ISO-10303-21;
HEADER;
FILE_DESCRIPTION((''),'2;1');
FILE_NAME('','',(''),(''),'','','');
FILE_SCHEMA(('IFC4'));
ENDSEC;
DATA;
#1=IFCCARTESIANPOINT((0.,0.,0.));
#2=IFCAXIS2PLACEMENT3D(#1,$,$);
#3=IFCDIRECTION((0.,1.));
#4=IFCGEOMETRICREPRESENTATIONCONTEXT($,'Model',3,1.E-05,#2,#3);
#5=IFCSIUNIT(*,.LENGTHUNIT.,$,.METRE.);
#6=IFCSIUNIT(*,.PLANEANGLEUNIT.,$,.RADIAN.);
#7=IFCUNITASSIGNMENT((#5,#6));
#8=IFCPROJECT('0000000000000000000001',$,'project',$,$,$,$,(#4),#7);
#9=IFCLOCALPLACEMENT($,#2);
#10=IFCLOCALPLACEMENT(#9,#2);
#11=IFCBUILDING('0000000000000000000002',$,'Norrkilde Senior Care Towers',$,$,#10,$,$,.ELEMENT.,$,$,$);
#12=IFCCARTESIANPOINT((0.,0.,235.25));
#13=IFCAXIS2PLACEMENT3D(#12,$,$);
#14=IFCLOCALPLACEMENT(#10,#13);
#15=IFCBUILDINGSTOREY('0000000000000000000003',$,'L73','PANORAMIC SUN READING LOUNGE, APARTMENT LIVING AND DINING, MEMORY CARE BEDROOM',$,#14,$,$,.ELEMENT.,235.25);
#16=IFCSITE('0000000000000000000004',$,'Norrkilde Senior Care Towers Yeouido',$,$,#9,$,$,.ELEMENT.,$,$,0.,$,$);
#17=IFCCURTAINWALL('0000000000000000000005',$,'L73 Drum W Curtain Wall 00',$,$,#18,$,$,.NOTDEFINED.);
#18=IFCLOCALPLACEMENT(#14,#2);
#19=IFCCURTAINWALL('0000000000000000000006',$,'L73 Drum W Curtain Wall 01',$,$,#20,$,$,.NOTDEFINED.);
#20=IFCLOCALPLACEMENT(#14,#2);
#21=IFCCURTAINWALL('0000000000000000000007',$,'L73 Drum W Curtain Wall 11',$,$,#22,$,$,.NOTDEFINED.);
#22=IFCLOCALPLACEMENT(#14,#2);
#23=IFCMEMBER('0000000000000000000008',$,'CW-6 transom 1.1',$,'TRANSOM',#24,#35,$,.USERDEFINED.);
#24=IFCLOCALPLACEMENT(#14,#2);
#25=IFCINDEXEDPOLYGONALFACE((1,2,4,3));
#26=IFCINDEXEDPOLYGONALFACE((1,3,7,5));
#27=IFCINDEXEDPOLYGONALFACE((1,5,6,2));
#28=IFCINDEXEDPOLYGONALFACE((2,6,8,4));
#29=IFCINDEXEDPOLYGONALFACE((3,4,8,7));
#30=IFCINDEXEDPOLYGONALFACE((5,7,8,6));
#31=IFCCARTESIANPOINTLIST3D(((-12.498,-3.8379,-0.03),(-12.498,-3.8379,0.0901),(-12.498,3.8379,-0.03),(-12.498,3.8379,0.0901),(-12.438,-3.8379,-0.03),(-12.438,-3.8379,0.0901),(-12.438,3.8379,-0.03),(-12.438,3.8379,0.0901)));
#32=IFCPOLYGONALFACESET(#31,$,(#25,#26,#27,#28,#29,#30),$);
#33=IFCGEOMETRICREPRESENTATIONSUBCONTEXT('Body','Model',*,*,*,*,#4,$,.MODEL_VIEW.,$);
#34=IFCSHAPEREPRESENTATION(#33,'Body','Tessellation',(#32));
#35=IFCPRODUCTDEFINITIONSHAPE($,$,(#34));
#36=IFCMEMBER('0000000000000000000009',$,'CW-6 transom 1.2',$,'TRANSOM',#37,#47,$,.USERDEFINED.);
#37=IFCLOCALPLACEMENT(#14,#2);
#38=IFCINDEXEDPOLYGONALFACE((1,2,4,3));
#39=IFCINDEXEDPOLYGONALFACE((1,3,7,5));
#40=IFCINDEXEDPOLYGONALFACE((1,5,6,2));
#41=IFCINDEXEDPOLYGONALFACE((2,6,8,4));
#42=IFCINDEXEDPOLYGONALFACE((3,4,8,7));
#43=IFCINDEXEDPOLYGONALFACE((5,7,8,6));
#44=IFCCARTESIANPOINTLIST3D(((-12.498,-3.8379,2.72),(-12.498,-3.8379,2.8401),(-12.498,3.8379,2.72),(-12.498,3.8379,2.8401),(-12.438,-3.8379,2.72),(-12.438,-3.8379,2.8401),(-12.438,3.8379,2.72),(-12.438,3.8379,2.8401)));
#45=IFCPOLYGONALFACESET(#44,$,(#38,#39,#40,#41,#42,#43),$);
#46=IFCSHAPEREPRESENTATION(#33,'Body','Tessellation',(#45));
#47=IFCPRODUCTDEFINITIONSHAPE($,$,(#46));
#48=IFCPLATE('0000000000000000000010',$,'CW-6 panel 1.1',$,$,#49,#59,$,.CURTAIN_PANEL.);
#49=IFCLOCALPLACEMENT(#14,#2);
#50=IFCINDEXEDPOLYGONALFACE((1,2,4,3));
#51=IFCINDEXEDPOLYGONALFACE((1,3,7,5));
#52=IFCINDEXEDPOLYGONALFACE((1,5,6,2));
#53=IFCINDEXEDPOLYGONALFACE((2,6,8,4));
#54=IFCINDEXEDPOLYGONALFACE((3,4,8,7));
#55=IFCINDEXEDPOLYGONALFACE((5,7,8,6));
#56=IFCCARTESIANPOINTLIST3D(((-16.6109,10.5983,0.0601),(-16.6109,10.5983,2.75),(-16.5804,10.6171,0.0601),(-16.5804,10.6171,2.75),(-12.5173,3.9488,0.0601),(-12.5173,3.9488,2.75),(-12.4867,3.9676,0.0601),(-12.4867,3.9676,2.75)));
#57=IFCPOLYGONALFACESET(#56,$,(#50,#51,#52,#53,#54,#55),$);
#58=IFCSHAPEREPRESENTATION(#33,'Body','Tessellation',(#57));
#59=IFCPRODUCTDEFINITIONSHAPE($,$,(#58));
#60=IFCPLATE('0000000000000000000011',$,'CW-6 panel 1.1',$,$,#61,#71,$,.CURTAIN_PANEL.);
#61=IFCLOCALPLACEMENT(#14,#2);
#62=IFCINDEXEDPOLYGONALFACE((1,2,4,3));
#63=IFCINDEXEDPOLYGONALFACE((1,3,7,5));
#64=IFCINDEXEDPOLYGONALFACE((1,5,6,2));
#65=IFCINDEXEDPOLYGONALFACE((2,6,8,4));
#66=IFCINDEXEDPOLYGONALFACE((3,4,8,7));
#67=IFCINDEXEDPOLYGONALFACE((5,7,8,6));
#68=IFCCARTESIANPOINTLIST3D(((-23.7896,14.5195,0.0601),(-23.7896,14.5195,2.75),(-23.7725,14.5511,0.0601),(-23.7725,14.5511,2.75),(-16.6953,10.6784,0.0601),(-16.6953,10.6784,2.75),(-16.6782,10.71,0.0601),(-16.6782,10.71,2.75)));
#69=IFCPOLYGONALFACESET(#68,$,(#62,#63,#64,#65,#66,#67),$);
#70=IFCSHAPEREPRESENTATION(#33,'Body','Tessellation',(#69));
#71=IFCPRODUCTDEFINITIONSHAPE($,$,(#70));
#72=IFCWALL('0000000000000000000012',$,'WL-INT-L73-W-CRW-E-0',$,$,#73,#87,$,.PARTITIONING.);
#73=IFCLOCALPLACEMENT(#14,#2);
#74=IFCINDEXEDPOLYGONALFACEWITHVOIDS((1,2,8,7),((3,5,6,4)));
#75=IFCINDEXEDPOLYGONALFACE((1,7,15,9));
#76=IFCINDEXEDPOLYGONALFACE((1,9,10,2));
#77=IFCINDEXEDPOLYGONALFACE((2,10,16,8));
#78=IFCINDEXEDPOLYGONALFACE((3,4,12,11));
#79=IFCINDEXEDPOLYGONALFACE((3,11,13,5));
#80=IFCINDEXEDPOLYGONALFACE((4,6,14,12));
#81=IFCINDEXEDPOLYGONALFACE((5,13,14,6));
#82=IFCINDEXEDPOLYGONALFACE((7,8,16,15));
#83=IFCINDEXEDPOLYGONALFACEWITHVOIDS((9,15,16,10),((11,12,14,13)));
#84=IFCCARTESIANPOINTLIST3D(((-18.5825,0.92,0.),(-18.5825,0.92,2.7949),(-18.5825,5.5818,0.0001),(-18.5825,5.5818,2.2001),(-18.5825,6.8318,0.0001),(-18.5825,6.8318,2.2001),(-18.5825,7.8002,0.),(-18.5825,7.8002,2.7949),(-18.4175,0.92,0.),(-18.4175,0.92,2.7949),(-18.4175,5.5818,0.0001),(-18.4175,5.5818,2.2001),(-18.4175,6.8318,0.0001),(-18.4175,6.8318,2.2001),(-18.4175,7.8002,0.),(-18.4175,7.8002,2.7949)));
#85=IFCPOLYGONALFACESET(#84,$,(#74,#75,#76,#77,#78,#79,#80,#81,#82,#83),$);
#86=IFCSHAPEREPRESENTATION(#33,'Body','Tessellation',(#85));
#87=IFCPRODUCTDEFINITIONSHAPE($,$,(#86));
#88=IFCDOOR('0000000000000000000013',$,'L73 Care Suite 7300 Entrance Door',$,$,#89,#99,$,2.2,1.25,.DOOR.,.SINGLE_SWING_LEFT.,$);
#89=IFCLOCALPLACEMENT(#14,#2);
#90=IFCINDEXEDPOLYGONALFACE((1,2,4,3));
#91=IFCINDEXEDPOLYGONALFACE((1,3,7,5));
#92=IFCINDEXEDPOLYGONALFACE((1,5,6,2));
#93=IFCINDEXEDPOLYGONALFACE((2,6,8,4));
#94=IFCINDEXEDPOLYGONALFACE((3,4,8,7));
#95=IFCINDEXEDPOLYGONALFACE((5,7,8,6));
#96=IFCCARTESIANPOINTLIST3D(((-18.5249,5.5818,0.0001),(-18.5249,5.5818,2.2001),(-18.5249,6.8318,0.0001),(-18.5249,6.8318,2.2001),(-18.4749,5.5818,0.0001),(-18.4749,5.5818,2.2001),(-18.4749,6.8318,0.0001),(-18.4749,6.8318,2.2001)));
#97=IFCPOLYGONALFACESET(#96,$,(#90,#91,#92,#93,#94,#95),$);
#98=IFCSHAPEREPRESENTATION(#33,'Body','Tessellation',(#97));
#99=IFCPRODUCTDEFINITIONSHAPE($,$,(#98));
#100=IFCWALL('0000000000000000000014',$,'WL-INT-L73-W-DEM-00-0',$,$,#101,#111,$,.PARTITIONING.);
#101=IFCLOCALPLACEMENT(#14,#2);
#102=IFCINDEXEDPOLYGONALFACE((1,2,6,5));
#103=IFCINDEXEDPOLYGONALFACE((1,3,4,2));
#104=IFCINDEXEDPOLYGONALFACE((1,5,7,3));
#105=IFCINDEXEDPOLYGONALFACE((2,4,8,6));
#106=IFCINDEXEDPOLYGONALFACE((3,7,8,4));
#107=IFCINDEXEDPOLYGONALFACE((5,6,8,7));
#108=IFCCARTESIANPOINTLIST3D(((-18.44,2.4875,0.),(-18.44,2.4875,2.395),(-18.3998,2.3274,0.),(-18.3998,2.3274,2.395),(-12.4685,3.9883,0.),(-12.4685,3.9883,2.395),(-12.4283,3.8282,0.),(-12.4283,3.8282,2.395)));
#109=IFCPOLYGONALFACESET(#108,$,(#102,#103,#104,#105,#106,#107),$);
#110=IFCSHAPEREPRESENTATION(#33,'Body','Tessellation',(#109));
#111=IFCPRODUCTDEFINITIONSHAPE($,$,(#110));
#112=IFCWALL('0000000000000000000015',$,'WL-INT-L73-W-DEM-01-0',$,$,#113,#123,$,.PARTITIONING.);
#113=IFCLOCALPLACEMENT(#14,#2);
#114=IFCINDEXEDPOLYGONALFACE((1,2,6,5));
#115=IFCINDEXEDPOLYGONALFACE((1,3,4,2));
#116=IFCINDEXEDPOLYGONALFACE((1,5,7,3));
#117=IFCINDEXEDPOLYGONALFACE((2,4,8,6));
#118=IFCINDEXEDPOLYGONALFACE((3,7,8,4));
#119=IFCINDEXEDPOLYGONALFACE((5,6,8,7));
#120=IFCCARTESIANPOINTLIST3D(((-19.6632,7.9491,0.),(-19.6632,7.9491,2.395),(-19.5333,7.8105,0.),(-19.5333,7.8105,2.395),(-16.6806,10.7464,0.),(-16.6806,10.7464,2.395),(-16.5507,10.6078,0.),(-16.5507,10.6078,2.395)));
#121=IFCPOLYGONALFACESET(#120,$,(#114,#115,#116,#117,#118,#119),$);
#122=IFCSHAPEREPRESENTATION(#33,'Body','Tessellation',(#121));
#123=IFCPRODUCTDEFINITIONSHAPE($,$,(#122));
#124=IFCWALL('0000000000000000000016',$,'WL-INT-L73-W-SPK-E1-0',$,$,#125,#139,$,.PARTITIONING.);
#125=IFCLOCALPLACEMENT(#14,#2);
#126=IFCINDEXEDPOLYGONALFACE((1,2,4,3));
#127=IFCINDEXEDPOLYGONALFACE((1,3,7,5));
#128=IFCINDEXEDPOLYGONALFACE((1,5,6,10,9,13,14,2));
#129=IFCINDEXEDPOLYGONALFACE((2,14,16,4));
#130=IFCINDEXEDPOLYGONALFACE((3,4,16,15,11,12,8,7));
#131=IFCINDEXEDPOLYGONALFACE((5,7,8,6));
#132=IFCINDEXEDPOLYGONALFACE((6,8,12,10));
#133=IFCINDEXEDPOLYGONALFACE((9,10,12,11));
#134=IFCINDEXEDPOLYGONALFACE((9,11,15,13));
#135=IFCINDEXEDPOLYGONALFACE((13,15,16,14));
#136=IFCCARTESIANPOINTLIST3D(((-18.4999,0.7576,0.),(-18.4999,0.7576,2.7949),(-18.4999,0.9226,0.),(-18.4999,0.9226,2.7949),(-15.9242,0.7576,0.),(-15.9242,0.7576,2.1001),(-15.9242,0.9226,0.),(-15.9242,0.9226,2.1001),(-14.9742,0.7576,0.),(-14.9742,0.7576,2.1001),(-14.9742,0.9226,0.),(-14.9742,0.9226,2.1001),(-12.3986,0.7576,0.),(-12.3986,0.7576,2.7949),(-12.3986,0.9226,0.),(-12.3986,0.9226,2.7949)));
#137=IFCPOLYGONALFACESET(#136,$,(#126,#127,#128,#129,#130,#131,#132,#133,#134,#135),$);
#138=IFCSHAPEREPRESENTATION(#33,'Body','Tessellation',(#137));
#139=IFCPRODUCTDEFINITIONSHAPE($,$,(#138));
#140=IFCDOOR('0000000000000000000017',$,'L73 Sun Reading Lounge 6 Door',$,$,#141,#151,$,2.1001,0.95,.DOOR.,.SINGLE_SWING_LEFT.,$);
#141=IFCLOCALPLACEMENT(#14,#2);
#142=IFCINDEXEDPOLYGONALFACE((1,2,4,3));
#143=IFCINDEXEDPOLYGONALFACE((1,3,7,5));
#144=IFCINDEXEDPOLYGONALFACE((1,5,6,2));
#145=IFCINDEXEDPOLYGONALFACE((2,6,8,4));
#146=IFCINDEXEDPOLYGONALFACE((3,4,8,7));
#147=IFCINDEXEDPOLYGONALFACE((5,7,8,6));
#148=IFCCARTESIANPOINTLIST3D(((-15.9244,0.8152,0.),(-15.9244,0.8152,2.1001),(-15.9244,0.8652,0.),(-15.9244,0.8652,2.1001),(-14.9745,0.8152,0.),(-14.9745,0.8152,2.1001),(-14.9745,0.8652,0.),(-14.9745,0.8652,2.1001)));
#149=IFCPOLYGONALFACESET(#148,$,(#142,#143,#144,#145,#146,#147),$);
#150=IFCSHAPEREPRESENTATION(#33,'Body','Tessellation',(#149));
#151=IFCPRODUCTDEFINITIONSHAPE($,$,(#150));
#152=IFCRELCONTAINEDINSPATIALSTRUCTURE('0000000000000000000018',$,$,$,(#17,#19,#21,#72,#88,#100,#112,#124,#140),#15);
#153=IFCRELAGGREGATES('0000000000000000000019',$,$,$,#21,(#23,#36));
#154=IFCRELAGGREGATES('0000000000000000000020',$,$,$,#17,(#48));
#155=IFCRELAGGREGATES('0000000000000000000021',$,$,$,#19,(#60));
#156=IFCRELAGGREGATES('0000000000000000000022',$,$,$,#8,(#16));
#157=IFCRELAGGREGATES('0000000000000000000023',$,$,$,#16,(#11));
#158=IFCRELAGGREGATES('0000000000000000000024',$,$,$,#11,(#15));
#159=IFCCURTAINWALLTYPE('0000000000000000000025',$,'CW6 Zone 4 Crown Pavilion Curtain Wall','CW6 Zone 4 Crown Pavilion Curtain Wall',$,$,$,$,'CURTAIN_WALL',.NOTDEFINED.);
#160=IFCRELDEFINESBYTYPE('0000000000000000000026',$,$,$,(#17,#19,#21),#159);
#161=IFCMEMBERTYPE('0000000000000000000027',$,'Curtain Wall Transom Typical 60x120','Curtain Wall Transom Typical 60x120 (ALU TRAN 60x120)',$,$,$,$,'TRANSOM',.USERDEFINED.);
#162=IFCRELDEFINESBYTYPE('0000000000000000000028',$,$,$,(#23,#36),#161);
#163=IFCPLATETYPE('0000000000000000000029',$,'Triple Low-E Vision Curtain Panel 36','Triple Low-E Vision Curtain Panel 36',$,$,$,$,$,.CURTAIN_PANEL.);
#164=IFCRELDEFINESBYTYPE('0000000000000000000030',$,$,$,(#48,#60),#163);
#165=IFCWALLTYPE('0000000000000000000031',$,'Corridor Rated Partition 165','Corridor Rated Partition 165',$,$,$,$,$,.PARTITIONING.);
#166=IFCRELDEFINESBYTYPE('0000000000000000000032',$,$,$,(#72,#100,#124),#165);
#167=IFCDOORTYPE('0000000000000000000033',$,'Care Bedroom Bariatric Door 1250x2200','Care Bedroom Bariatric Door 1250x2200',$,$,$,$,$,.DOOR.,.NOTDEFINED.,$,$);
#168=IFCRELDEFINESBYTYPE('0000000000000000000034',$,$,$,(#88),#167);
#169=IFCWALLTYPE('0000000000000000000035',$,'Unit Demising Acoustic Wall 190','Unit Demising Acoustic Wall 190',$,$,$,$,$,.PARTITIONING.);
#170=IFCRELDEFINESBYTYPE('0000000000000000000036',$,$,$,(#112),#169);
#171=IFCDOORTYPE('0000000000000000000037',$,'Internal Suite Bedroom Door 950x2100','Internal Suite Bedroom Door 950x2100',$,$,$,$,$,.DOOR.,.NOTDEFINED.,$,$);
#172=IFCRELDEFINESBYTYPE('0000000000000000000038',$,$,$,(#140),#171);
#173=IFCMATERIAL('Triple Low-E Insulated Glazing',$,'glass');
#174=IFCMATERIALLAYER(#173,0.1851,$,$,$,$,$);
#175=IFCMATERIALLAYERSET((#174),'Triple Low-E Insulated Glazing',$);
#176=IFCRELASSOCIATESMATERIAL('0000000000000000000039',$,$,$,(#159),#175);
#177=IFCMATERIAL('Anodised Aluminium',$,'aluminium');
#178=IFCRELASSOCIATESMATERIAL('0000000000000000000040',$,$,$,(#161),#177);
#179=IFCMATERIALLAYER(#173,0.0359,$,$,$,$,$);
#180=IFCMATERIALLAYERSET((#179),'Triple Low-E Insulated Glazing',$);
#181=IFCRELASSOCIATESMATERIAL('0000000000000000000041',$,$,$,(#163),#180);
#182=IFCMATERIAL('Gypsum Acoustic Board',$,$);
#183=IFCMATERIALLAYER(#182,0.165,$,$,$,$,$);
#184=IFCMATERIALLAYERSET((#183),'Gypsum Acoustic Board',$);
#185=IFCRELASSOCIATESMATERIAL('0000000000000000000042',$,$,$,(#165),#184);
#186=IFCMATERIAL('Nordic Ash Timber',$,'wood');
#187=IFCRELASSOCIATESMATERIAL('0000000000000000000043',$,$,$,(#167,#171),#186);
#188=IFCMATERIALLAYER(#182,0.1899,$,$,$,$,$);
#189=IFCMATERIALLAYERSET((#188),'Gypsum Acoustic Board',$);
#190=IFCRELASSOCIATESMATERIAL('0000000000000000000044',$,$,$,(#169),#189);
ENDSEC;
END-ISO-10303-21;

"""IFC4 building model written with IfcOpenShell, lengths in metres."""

from ifc_helpers import new_model, si_unit, direction, frame, frame_2d, origin, origin_2d, place, context, subcontext, project, spatial, rectangle, extrude, source, transform, mapped, material, layer, layer_set, material_profile, profile_set, type_object, type_shapes, element, fill, aggregate, save


model = new_model("IFC4")

# Units and contexts
model_context = context("Model", 3, precision=1e-05, world=origin(), true_north=direction((0.0, 1.0)))
body_context = subcontext(model_context, "Body", "Model", "MODEL_VIEW")
ifc_project = project(units=[si_unit("LENGTHUNIT", "METRE"), si_unit("PLANEANGLEUNIT", "RADIAN")], contexts=[model_context])

# Site, building, storey
site_placement = place(None, origin())
site = spatial("IfcSite", under=ifc_project, at=site_placement, Name="Norrkilde Senior Care Towers Yeouido", CompositionType="ELEMENT", RefElevation=0.0)
building_placement = place(site_placement, origin())
building = spatial("IfcBuilding", under=site, at=building_placement, Name="Norrkilde Senior Care Towers", CompositionType="ELEMENT")
storey_placement = place(building_placement, frame((0.0, 0.0, 235.25)))
storey = spatial("IfcBuildingStorey", under=building, at=storey_placement, Name="L73", Description="PANORAMIC SUN READING LOUNGE, APARTMENT LIVING AND DINING, MEMORY CARE BEDROOM", CompositionType="ELEMENT", Elevation=235.25)

# Curtain wall
ifc_material_1 = material(Name="Triple Low-E Insulated Glazing", Category="glass")
ifc_layer_1 = layer(ifc_material_1, 0.1851)
ifc_layer_set_1 = layer_set([ifc_layer_1], Name="Triple Low-E Insulated Glazing")
curtain_wall_type = type_object("IfcCurtainWallType", Name="CW6 Zone 4 Crown Pavilion Curtain Wall", Description="CW6 Zone 4 Crown Pavilion Curtain Wall", ElementType="CURTAIN_WALL", PredefinedType="NOTDEFINED", material=ifc_layer_set_1)
curtain_wall_1_placement = place(storey_placement, origin())
curtain_wall_1 = element("IfcCurtainWall", 1, at=curtain_wall_1_placement, inside=storey, type_object=curtain_wall_type, Name="L73 Drum W Curtain Wall 00", PredefinedType="NOTDEFINED")
ifc_material_2 = material(Name="Anodised Aluminium", Category="aluminium")

# Curtain walls
curtain_wall_2_placement = place(storey_placement, origin())
curtain_wall_2 = element("IfcCurtainWall", 2, at=curtain_wall_2_placement, inside=storey, type_object=curtain_wall_type, Name="L73 Drum W Curtain Wall 01", PredefinedType="NOTDEFINED")
curtain_wall_3_placement = place(storey_placement, origin())
curtain_wall_3 = element("IfcCurtainWall", 3, at=curtain_wall_3_placement, inside=storey, type_object=curtain_wall_type, Name="L73 Drum W Curtain Wall 11", PredefinedType="NOTDEFINED")

# Members
ifc_material_profile_1 = material_profile(ifc_material_2, rectangle(XDim=0.0601, YDim=0.1201, at=origin_2d()), Name="ALU TRAN 60x120")
ifc_profile_set_1 = profile_set([ifc_material_profile_1], Name="Anodised Aluminium")
member_type_1 = type_object("IfcMemberType", Name="Curtain Wall Transom Typical 60x120", Description="Curtain Wall Transom Typical 60x120 (ALU TRAN 60x120)", ElementType="TRANSOM", PredefinedType="USERDEFINED", material=ifc_profile_set_1)
shared_shape_1 = source(origin(), body_context, "Body", "SweptSolid", [
    extrude(rectangle(XDim=0.0601, YDim=0.1201, at=origin_2d()), origin(), (0.0, 0.0, 1.0), 7.6758),
])
member_1_placement = place(storey_placement, frame((-12.468, 3.8379, 0.03), z_axis=(0.0, -1.0, 0.0), x_axis=(1.0, 0.0, 0.0)))
member_1 = element("IfcMember", 4, at=member_1_placement, type_object=member_type_1, Name="CW-6 transom 1.1", ObjectType="TRANSOM", PredefinedType="USERDEFINED", context=body_context, shape_type="MappedRepresentation", body=[
    mapped(shared_shape_1, transform((0.0, 0.0, 0.0), x_axis=(1.0, 0.0, 0.0), y_axis=(0.0, 1.0, 0.0), z_axis=(0.0, 0.0, 1.0), scale=1.0)),
])
member_2_placement = place(storey_placement, frame((-12.468, 3.8379, 2.78), z_axis=(0.0, -1.0, 0.0), x_axis=(1.0, 0.0, 0.0)))
member_2 = element("IfcMember", 5, at=member_2_placement, type_object=member_type_1, Name="CW-6 transom 1.2", ObjectType="TRANSOM", PredefinedType="USERDEFINED", context=body_context, shape_type="MappedRepresentation", body=[
    mapped(shared_shape_1, transform((0.0, 0.0, 0.0), x_axis=(1.0, 0.0, 0.0), y_axis=(0.0, 1.0, 0.0), z_axis=(0.0, 0.0, 1.0), scale=1.0)),
])
aggregate(curtain_wall_3, [member_1, member_2])

# Plates
ifc_layer_2 = layer(ifc_material_1, 0.0359)
ifc_layer_set_2 = layer_set([ifc_layer_2], Name="Triple Low-E Insulated Glazing")
plate_type = type_object("IfcPlateType", Name="Triple Low-E Vision Curtain Panel 36", Description="Triple Low-E Vision Curtain Panel 36", PredefinedType="CURTAIN_PANEL", material=ifc_layer_set_2)
shared_shape_2 = source(origin(), body_context, "Body", "SweptSolid", [
    extrude(rectangle(XDim=7.8086, YDim=0.0359, at=origin_2d()), origin(), (0.0, 0.0, 1.0), 2.6899),
])
plate_1_placement = place(storey_placement, frame((-14.5488, 7.283, 0.0601), z_axis=(0.0, 0.0, 1.0), x_axis=(0.524253, -0.851563, 0.0)))
plate_1 = element("IfcPlate", 6, at=plate_1_placement, type_object=plate_type, Name="CW-6 panel 1.1", PredefinedType="CURTAIN_PANEL", context=body_context, shape_type="MappedRepresentation", body=[
    mapped(shared_shape_2, transform((0.0, 0.0, 0.0), x_axis=(1.0, 0.0, 0.0), y_axis=(0.0, 1.0, 0.0), z_axis=(0.0, 0.0, 1.0), scale=1.0)),
])
aggregate(curtain_wall_1, [plate_1])
shared_shape_3 = source(origin(), body_context, "Body", "SweptSolid", [
    extrude(rectangle(XDim=8.0674, YDim=0.0359, at=origin_2d()), origin(), (0.0, 0.0, 1.0), 2.6899),
])
type_shapes(plate_type, [shared_shape_2, shared_shape_3])
plate_2_placement = place(storey_placement, frame((-20.2339, 12.6147, 0.0601), z_axis=(0.0, 0.0, 1.0), x_axis=(0.879373, -0.476133, 0.0)))
plate_2 = element("IfcPlate", 7, at=plate_2_placement, type_object=plate_type, Name="CW-6 panel 1.1", PredefinedType="CURTAIN_PANEL", context=body_context, shape_type="MappedRepresentation", body=[
    mapped(shared_shape_3, transform((0.0, 0.0, 0.0), x_axis=(1.0, 0.0, 0.0), y_axis=(0.0, 1.0, 0.0), z_axis=(0.0, 0.0, 1.0), scale=1.0)),
])
aggregate(curtain_wall_2, [plate_2])

# Wall, opening, door
ifc_material_3 = material(Name="Gypsum Acoustic Board")
ifc_layer_3 = layer(ifc_material_3, 0.165)
ifc_layer_set_3 = layer_set([ifc_layer_3], Name="Gypsum Acoustic Board")
wall_type_1 = type_object("IfcWallType", Name="Corridor Rated Partition 165", Description="Corridor Rated Partition 165", PredefinedType="PARTITIONING", material=ifc_layer_set_3)
shared_shape_4 = source(origin(), body_context, "Body", "SweptSolid", [
    extrude(rectangle(XDim=6.8801, YDim=0.165, at=frame_2d((3.4399, 0.0))), origin(), (0.0, 0.0, 1.0), 2.7949),
])
wall_1_placement = place(storey_placement, frame((-18.5, 7.8, 0.0), z_axis=(0.0, 0.0, 1.0), x_axis=(0.0, -1.0, 0.0)))
wall_1 = element("IfcWall", 8, at=wall_1_placement, inside=storey, type_object=wall_type_1, Name="WL-INT-L73-W-CRW-E-0", PredefinedType="PARTITIONING", context=body_context, shape_type="MappedRepresentation", body=[
    mapped(shared_shape_4, transform((0.0, 0.0, 0.0), x_axis=(1.0, 0.0, 0.0), y_axis=(0.0, 1.0, 0.0), z_axis=(0.0, 0.0, 1.0), scale=1.0)),
])
opening_1_placement = place(wall_1_placement, frame((0.9683, 0.0, 0.0)))
opening_1 = element("IfcOpeningElement", 9, at=opening_1_placement, cuts=wall_1, PredefinedType="OPENING", context=body_context, shape_type="SweptSolid", body=[
    extrude(rectangle(XDim=1.25, YDim=2.2, at=frame_2d((0.625, 1.1001))), frame((0.0, 0.0925, 0.0), z_axis=(0.0, -1.0, 0.0), x_axis=(1.0, 0.0, 0.0)), (0.0, 0.0, 1.0), 0.1851),
])
ifc_material_4 = material(Name="Nordic Ash Timber", Category="wood")
door_type_1 = type_object("IfcDoorType", Name="Care Bedroom Bariatric Door 1250x2200", Description="Care Bedroom Bariatric Door 1250x2200", OperationType="NOTDEFINED", PredefinedType="DOOR", material=ifc_material_4)
shared_shape_5 = source(origin(), body_context, "Body", "SweptSolid", [
    extrude(rectangle(XDim=1.25, YDim=2.2, at=frame_2d((0.625, 1.1001))), frame((0.0, 0.0249, 0.0), z_axis=(0.0, -1.0, 0.0), x_axis=(1.0, 0.0, 0.0)), (0.0, 0.0, 1.0), 0.05),
])
type_shapes(door_type_1, [shared_shape_5])
door_1_placement = place(opening_1_placement, frame((1.25, 0.0, 0.0), z_axis=(0.0, 0.0, 1.0), x_axis=(-1.0, 0.0, 0.0)))
door_1 = element("IfcDoor", 10, at=door_1_placement, inside=storey, type_object=door_type_1, Name="L73 Care Suite 7300 Entrance Door", OperationType="SINGLE_SWING_LEFT", OverallHeight=2.2, OverallWidth=1.25, PredefinedType="DOOR", context=body_context, shape_type="MappedRepresentation", body=[
    mapped(shared_shape_5, transform((0.0, 0.0, 0.0), x_axis=(1.0, 0.0, 0.0), y_axis=(0.0, 1.0, 0.0), z_axis=(0.0, 0.0, 1.0), scale=1.0)),
])
fill(opening_1, door_1)

# Walls
shared_shape_6 = source(origin(), body_context, "Body", "SweptSolid", [
    extrude(rectangle(XDim=6.1572, YDim=0.165, at=frame_2d((3.0786, 0.0))), origin(), (0.0, 0.0, 1.0), 2.395),
])
wall_2_placement = place(storey_placement, frame((-18.4199, 2.4075, 0.0), z_axis=(0.0, 0.0, 1.0), x_axis=(0.969841, 0.243739, 0.0)))
element("IfcWall", 11, at=wall_2_placement, inside=storey, type_object=wall_type_1, Name="WL-INT-L73-W-DEM-00-0", PredefinedType="PARTITIONING", context=body_context, shape_type="MappedRepresentation", body=[
    mapped(shared_shape_6, transform((0.0, 0.0, 0.0), x_axis=(1.0, 0.0, 0.0), y_axis=(0.0, 1.0, 0.0), z_axis=(0.0, 0.0, 1.0), scale=1.0)),
])
ifc_layer_4 = layer(ifc_material_3, 0.1899)
ifc_layer_set_4 = layer_set([ifc_layer_4], Name="Gypsum Acoustic Board")
wall_type_2 = type_object("IfcWallType", Name="Unit Demising Acoustic Wall 190", Description="Unit Demising Acoustic Wall 190", PredefinedType="PARTITIONING", material=ifc_layer_set_4)
shared_shape_7 = source(origin(), body_context, "Body", "SweptSolid", [
    extrude(rectangle(XDim=4.0891, YDim=0.1899, at=frame_2d((2.0444, 0.0))), origin(), (0.0, 0.0, 1.0), 2.395),
])
type_shapes(wall_type_2, [shared_shape_7])
wall_3_placement = place(storey_placement, frame((-19.5981, 7.8799, 0.0), z_axis=(0.0, 0.0, 1.0), x_axis=(0.729401, 0.684086, 0.0)))
element("IfcWall", 12, at=wall_3_placement, inside=storey, type_object=wall_type_2, Name="WL-INT-L73-W-DEM-01-0", PredefinedType="PARTITIONING", context=body_context, shape_type="MappedRepresentation", body=[
    mapped(shared_shape_7, transform((0.0, 0.0, 0.0), x_axis=(1.0, 0.0, 0.0), y_axis=(0.0, 1.0, 0.0), z_axis=(0.0, 0.0, 1.0), scale=1.0)),
])

# Wall, opening, door
shared_shape_8 = source(origin(), body_context, "Body", "SweptSolid", [
    extrude(rectangle(XDim=6.1013, YDim=0.165, at=frame_2d((3.0508, 0.0))), origin(), (0.0, 0.0, 1.0), 2.7949),
])
type_shapes(wall_type_1, [shared_shape_4, shared_shape_6, shared_shape_8])
wall_4_placement = place(storey_placement, frame((-18.5, 0.8401, 0.0), z_axis=(0.0, 0.0, 1.0), x_axis=(1.0, 0.0, 0.0)))
wall_4 = element("IfcWall", 13, at=wall_4_placement, inside=storey, type_object=wall_type_1, Name="WL-INT-L73-W-SPK-E1-0", PredefinedType="PARTITIONING", context=body_context, shape_type="MappedRepresentation", body=[
    mapped(shared_shape_8, transform((0.0, 0.0, 0.0), x_axis=(1.0, 0.0, 0.0), y_axis=(0.0, 1.0, 0.0), z_axis=(0.0, 0.0, 1.0), scale=1.0)),
])
opening_2_placement = place(wall_4_placement, frame((2.5757, 0.0, 0.0)))
opening_2 = element("IfcOpeningElement", 14, at=opening_2_placement, cuts=wall_4, PredefinedType="OPENING", context=body_context, shape_type="SweptSolid", body=[
    extrude(rectangle(XDim=0.95, YDim=2.1001, at=frame_2d((0.4751, 1.05))), frame((0.0, 0.0925, 0.0), z_axis=(0.0, -1.0, 0.0), x_axis=(1.0, 0.0, 0.0)), (0.0, 0.0, 1.0), 0.1851),
])
door_type_2 = type_object("IfcDoorType", Name="Internal Suite Bedroom Door 950x2100", Description="Internal Suite Bedroom Door 950x2100", OperationType="NOTDEFINED", PredefinedType="DOOR", material=ifc_material_4)
shared_shape_9 = source(origin(), body_context, "Body", "SweptSolid", [
    extrude(rectangle(XDim=0.95, YDim=2.1001, at=frame_2d((0.4751, 1.05))), frame((0.0, 0.0249, 0.0), z_axis=(0.0, -1.0, 0.0), x_axis=(1.0, 0.0, 0.0)), (0.0, 0.0, 1.0), 0.05),
])
type_shapes(door_type_2, [shared_shape_9])
door_2_placement = place(opening_2_placement, frame((0.95, 0.0, 0.0), z_axis=(0.0, 0.0, 1.0), x_axis=(-1.0, 0.0, 0.0)))
door_2 = element("IfcDoor", 15, at=door_2_placement, inside=storey, type_object=door_type_2, Name="L73 Sun Reading Lounge 6 Door", OperationType="SINGLE_SWING_LEFT", OverallHeight=2.1001, OverallWidth=0.95, PredefinedType="DOOR", context=body_context, shape_type="MappedRepresentation", body=[
    mapped(shared_shape_9, transform((0.0, 0.0, 0.0), x_axis=(1.0, 0.0, 0.0), y_axis=(0.0, 1.0, 0.0), z_axis=(0.0, 0.0, 1.0), scale=1.0)),
])
fill(opening_2, door_2)

save(model, "model.ifc")
